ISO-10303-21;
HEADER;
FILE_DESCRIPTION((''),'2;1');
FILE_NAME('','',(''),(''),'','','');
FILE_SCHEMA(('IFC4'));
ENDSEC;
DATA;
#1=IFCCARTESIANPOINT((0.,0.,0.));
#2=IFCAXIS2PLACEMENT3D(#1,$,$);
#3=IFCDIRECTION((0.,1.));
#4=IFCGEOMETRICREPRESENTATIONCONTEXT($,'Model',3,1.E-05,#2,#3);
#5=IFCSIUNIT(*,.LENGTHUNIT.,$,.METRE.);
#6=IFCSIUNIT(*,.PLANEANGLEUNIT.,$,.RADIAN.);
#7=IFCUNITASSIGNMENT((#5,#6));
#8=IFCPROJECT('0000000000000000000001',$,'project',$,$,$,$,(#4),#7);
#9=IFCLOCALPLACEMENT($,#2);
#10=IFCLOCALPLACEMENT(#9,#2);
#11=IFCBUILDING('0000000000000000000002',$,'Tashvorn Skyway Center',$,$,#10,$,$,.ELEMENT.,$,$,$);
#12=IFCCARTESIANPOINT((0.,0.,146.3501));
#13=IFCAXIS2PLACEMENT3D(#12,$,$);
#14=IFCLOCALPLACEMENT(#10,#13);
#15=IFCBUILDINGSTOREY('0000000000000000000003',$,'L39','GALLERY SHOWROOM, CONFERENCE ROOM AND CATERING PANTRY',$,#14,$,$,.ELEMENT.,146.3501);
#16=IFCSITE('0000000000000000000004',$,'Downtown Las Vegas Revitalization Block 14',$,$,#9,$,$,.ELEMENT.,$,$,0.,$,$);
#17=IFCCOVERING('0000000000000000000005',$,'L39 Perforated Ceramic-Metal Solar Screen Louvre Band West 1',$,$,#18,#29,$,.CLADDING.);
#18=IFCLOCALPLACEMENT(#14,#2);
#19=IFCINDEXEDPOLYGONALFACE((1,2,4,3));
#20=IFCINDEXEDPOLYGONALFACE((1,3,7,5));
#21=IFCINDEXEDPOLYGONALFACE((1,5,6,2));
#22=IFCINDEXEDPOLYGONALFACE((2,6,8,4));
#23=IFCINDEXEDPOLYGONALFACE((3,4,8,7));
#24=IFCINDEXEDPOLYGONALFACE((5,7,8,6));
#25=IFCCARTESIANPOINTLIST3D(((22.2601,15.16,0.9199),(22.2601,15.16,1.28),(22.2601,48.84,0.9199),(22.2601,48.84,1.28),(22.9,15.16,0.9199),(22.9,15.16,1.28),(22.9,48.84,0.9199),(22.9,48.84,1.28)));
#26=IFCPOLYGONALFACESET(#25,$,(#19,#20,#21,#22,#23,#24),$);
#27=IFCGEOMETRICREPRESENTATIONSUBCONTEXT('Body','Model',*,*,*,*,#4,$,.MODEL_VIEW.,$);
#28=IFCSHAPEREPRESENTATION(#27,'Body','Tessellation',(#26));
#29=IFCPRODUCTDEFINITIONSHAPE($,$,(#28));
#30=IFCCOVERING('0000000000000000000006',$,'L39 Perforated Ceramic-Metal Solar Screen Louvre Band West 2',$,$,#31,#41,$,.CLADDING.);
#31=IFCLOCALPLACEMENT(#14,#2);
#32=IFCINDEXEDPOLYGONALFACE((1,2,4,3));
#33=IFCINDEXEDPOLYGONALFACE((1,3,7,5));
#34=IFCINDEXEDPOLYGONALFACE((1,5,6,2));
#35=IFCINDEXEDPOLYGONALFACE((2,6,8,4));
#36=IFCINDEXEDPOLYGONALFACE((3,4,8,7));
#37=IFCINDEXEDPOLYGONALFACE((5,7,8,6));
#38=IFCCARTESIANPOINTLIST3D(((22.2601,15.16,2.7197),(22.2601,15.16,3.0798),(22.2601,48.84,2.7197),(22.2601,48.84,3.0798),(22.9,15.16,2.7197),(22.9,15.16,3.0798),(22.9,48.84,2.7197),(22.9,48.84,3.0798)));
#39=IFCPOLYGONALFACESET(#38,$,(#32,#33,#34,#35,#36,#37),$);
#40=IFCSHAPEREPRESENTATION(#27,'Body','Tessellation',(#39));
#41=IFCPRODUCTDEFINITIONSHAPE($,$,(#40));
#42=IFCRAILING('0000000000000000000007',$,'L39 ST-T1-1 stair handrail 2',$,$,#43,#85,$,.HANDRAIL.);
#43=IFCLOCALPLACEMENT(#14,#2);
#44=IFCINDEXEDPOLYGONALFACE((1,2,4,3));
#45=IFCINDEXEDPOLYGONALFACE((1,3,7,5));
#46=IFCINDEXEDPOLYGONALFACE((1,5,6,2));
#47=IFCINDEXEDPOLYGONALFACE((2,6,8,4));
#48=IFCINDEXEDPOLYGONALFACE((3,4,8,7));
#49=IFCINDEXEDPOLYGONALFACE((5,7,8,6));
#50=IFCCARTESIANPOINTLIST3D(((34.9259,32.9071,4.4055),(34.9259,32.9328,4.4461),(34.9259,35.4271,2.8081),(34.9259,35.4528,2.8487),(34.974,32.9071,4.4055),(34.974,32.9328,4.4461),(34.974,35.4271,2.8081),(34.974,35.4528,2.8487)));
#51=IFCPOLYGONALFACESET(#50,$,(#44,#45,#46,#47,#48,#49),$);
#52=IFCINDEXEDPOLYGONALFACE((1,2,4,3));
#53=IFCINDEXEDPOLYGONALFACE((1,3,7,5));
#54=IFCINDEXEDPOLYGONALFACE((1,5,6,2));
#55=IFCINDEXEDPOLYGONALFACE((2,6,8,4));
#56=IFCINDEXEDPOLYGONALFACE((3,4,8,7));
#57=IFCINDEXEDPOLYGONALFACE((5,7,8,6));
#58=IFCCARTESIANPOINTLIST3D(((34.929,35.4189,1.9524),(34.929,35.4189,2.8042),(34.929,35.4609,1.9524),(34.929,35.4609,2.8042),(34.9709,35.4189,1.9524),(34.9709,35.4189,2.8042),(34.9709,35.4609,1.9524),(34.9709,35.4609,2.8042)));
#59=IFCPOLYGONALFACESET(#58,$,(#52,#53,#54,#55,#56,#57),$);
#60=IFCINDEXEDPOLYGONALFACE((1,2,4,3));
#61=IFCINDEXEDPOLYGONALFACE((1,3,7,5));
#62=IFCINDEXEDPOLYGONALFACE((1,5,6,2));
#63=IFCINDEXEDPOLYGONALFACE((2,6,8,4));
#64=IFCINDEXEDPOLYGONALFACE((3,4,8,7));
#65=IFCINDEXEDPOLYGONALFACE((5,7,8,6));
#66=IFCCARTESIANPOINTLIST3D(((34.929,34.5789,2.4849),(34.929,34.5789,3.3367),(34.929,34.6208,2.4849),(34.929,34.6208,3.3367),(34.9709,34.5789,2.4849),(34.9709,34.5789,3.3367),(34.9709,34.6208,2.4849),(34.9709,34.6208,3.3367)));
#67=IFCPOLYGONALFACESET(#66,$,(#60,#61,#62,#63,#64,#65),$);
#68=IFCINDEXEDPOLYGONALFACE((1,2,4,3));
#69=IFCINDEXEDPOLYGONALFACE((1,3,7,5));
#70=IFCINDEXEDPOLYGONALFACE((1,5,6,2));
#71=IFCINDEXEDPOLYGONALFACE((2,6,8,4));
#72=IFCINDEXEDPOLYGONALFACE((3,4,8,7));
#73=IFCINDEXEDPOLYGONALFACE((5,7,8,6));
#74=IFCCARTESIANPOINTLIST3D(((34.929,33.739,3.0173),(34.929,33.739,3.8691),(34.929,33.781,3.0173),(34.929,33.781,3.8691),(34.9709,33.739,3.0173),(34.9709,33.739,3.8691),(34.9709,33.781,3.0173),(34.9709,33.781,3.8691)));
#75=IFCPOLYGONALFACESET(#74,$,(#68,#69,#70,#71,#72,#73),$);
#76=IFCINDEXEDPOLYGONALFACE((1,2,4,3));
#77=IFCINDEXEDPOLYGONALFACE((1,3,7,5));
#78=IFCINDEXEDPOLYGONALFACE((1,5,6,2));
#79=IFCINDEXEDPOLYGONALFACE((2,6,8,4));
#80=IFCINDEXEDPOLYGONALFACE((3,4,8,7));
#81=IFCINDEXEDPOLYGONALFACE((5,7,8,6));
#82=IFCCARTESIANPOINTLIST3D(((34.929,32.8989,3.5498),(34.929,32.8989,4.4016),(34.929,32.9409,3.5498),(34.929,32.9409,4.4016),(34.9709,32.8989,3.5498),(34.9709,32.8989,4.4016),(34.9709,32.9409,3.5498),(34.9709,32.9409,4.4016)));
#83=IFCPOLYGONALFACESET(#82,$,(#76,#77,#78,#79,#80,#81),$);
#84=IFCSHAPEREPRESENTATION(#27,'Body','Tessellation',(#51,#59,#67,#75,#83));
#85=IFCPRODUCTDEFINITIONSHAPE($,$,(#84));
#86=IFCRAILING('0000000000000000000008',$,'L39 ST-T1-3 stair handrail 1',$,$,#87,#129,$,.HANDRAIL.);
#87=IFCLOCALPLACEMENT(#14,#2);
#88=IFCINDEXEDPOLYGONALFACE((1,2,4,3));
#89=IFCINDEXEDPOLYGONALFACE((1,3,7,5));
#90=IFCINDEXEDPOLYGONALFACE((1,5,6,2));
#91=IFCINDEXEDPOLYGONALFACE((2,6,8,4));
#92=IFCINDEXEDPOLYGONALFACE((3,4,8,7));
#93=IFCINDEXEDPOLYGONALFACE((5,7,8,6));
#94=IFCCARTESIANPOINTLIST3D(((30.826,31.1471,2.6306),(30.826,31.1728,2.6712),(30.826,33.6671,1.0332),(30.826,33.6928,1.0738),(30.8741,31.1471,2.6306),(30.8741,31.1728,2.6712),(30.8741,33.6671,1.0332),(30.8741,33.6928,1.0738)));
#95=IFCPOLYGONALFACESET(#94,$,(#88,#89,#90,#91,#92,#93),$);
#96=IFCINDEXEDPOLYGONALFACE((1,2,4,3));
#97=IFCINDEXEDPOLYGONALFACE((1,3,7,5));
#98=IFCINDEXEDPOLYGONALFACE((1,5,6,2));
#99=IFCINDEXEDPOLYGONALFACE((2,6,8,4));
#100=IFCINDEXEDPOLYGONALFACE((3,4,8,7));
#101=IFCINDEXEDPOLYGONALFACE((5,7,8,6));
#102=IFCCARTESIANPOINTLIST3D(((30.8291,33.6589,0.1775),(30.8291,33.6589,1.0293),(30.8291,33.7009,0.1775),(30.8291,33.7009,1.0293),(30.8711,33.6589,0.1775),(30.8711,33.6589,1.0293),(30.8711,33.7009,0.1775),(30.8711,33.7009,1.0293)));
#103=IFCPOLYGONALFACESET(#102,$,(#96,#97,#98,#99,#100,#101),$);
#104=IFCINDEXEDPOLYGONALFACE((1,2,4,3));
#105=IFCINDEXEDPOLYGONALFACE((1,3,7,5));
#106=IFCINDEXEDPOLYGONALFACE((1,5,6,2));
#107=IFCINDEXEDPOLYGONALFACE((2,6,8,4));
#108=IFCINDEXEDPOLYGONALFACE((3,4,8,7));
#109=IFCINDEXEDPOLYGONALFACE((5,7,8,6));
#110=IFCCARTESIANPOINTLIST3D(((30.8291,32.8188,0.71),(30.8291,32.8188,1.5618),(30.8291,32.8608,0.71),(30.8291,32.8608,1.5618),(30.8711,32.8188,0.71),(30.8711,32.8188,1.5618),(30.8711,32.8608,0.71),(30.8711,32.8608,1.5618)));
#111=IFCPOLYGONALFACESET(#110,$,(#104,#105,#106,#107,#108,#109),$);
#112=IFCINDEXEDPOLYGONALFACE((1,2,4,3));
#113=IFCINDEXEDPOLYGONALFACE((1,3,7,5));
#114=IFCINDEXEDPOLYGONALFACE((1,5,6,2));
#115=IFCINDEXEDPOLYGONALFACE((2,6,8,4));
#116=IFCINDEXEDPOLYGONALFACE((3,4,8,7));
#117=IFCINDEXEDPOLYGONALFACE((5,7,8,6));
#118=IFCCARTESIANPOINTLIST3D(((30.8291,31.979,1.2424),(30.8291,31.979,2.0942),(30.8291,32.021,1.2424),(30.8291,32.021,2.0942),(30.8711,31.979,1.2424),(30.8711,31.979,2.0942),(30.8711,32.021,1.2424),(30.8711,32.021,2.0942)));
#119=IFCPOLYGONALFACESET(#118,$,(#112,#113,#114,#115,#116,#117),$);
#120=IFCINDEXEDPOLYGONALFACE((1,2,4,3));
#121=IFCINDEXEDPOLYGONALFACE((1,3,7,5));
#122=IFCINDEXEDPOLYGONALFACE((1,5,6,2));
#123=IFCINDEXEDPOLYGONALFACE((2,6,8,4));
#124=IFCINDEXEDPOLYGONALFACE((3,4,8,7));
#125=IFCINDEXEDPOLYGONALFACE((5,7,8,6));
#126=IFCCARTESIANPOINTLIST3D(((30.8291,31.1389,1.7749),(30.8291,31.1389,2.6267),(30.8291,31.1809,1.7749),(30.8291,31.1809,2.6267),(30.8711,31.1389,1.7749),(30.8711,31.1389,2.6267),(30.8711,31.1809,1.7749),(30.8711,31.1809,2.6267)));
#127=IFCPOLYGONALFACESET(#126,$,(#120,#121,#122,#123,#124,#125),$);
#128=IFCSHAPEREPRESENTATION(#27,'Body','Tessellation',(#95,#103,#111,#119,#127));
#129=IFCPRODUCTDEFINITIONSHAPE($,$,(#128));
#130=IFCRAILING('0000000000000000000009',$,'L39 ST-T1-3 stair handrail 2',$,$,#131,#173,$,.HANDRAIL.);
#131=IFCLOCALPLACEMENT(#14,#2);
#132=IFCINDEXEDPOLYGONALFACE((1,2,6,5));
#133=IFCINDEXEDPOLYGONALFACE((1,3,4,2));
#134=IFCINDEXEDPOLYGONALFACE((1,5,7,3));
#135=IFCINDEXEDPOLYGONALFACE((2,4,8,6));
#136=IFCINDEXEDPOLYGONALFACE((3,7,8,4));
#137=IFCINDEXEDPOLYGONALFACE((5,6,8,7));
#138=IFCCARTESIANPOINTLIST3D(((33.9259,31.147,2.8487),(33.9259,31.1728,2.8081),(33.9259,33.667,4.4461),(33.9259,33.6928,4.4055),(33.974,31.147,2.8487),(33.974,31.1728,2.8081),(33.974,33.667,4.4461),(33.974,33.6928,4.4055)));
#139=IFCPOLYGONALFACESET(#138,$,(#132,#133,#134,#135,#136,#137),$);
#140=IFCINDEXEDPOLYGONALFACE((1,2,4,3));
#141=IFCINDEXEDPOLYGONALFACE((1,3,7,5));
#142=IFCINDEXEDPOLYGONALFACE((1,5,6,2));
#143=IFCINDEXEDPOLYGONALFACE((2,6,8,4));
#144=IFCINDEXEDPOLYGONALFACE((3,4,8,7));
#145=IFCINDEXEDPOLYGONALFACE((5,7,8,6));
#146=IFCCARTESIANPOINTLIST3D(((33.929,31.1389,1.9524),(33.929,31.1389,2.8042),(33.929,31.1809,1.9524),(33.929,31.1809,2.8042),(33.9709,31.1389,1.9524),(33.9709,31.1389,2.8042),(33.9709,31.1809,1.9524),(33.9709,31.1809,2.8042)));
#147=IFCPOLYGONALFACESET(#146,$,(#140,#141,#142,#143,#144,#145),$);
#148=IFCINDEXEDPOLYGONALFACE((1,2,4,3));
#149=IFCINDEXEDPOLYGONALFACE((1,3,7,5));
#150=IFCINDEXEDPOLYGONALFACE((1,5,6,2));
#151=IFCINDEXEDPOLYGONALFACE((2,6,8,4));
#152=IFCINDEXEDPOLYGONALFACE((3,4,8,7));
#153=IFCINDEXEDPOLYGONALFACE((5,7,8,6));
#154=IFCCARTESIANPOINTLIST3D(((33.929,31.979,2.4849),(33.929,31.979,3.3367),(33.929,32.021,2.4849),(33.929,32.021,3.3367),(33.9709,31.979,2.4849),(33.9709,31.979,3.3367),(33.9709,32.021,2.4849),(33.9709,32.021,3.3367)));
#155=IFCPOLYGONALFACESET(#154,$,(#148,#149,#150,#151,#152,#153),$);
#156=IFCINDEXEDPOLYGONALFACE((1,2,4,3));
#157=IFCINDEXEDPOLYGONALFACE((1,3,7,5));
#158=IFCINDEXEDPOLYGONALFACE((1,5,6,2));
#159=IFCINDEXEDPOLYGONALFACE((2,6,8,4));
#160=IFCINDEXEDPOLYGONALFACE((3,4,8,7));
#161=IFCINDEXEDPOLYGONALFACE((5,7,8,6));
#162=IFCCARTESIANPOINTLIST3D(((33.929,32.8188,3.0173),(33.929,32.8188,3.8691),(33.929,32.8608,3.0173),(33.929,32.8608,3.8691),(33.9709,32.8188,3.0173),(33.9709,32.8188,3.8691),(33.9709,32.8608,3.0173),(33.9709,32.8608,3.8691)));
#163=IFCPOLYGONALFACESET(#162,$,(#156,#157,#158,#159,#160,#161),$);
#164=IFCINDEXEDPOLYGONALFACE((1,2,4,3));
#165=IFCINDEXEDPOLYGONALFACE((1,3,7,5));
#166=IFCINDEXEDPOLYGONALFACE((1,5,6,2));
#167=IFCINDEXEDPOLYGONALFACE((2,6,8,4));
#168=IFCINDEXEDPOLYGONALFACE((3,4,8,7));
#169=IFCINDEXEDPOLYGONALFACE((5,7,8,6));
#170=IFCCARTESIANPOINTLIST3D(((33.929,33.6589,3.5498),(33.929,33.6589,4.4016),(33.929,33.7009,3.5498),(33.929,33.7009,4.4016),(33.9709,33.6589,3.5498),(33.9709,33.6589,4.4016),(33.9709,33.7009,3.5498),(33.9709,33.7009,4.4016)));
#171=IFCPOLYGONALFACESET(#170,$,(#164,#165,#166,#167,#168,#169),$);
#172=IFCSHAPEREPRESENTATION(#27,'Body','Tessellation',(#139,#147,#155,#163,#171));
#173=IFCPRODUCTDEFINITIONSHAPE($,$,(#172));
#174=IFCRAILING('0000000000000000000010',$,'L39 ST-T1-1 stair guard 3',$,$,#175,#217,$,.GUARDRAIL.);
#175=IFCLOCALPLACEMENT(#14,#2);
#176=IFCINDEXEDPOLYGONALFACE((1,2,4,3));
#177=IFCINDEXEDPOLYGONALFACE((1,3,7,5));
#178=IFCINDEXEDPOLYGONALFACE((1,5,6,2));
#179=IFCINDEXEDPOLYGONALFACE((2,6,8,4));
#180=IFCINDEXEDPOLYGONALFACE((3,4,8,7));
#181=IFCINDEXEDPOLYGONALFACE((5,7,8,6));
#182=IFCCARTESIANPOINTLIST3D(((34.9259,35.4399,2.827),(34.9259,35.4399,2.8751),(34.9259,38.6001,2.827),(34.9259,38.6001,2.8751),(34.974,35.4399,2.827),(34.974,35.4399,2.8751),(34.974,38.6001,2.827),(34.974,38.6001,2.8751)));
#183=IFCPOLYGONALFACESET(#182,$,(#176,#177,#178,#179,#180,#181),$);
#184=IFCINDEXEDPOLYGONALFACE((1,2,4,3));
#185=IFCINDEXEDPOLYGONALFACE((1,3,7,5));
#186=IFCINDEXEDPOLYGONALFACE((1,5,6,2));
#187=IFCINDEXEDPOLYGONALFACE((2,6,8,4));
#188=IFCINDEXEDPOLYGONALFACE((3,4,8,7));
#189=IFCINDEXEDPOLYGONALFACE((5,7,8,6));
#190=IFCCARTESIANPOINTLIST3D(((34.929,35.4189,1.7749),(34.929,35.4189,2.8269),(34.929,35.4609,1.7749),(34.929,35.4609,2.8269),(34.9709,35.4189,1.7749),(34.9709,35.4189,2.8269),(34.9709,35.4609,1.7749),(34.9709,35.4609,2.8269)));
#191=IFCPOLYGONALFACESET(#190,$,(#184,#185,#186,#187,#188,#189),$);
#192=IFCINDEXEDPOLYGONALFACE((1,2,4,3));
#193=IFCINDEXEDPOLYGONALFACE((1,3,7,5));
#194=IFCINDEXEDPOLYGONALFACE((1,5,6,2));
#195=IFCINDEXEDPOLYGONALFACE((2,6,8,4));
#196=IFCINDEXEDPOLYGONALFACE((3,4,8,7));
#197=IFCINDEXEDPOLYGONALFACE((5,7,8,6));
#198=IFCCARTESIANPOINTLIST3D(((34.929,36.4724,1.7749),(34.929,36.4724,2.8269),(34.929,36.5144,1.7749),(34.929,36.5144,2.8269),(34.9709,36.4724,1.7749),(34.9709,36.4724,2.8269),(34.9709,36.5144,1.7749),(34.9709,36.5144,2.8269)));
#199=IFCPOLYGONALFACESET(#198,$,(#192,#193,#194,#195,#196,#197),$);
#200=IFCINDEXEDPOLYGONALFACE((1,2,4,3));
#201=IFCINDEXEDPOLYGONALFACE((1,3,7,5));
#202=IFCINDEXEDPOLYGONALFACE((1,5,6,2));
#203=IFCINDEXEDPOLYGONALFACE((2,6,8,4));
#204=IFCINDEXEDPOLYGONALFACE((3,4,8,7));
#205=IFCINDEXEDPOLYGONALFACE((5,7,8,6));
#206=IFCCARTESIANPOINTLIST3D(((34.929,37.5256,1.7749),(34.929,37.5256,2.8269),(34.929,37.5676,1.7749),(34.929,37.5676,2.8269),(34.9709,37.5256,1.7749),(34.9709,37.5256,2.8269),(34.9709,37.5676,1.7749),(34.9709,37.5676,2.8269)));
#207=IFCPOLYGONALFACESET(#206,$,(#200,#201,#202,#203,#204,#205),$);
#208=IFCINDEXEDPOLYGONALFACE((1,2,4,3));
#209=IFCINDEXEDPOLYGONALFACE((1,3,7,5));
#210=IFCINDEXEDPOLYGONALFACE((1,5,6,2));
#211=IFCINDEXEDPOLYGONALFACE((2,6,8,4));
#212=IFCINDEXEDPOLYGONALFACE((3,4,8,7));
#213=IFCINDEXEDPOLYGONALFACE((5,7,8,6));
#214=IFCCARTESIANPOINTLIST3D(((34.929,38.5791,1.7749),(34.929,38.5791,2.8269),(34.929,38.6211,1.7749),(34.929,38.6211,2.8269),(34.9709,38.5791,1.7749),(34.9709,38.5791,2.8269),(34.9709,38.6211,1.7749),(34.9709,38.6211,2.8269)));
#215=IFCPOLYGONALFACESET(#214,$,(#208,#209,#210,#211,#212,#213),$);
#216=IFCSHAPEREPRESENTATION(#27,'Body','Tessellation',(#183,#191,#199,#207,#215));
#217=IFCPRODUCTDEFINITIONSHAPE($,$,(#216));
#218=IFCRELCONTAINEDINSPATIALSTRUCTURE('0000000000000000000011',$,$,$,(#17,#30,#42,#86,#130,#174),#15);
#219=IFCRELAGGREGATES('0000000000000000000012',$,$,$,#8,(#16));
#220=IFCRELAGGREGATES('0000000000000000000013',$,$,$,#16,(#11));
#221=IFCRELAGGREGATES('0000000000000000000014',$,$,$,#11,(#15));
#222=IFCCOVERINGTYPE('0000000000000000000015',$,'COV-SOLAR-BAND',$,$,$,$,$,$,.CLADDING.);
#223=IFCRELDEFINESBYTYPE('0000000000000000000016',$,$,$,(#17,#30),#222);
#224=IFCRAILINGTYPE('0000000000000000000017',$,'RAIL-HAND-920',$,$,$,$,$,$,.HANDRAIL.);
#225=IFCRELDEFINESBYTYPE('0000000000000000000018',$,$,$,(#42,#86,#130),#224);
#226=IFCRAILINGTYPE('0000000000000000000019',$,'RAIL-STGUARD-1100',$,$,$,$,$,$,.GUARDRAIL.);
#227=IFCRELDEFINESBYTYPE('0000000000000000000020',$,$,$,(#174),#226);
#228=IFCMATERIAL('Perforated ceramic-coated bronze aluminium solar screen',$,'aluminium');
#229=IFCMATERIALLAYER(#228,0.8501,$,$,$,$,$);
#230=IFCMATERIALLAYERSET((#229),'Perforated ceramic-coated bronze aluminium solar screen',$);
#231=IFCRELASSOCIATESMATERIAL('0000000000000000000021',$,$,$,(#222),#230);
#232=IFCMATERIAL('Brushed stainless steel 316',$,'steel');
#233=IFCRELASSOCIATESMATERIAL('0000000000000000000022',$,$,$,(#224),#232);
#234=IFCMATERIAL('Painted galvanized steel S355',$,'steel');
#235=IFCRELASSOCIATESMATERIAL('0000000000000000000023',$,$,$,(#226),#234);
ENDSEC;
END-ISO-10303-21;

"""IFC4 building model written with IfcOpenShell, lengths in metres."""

from ifc_helpers import new_model, si_unit, direction, frame, origin, origin_2d, place, context, subcontext, project, spatial, rectangle, extrude, material, layer, layer_set, type_object, element, save


model = new_model("IFC4")

# Units and contexts
model_context = context("Model", 3, precision=1e-05, world=origin(), true_north=direction((0.0, 1.0)))
body_context = subcontext(model_context, "Body", "Model", "MODEL_VIEW")
ifc_project = project(units=[si_unit("LENGTHUNIT", "METRE"), si_unit("PLANEANGLEUNIT", "RADIAN")], contexts=[model_context])

# Site, building, storey
site_placement = place(None, origin())
site = spatial("IfcSite", under=ifc_project, at=site_placement, Name="Downtown Las Vegas Revitalization Block 14", CompositionType="ELEMENT", RefElevation=0.0)
building_placement = place(site_placement, origin())
building = spatial("IfcBuilding", under=site, at=building_placement, Name="Tashvorn Skyway Center", CompositionType="ELEMENT")
storey_placement = place(building_placement, frame((0.0, 0.0, 146.3501)))
storey = spatial("IfcBuildingStorey", under=building, at=storey_placement, Name="L39", Description="GALLERY SHOWROOM, CONFERENCE ROOM AND CATERING PANTRY", CompositionType="ELEMENT", Elevation=146.3501)

# Coverings
ifc_material_1 = material(Name="Perforated ceramic-coated bronze aluminium solar screen", Category="aluminium")
ifc_layer_1 = layer(ifc_material_1, 0.8501)
ifc_layer_set_1 = layer_set([ifc_layer_1], Name="Perforated ceramic-coated bronze aluminium solar screen")
covering_type = type_object("IfcCoveringType", Name="COV-SOLAR-BAND", PredefinedType="CLADDING", material=ifc_layer_set_1)
for number, where, z_axis, x_axis, name in (
    (1, (22.5801, 32.0, 0.9199), (0.0, 0.0, 1.0), (0.0, 1.0, 0.0), "L39 Perforated Ceramic-Metal Solar Screen Louvre Band West 1"),
    (2, (22.5801, 32.0, 2.7197), (0.0, 0.0, 1.0), (0.0, 1.0, 0.0), "L39 Perforated Ceramic-Metal Solar Screen Louvre Band West 2"),
):
    element("IfcCovering", number, at=place(storey_placement, frame(where, z_axis=z_axis, x_axis=x_axis)), inside=storey, type_object=covering_type, Name=name, PredefinedType="CLADDING", context=body_context, shape_type="SweptSolid", body=[
        extrude(rectangle(XDim=33.6799, YDim=0.6399, at=origin_2d()), origin(), (0.0, 0.0, 1.0), 0.3601),
    ])

# Railings
ifc_material_2 = material(Name="Brushed stainless steel 316", Category="steel")
railing_type_1 = type_object("IfcRailingType", Name="RAIL-HAND-920", PredefinedType="HANDRAIL", material=ifc_material_2)
for number, where, name in (
    (3, (34.95, 35.4399, 1.9524), "L39 ST-T1-1 stair handrail 2"),
    (4, (30.8501, 33.6799, 0.1775), "L39 ST-T1-3 stair handrail 1"),
):
    element("IfcRailing", number, at=place(storey_placement, frame(where)), inside=storey, type_object=railing_type_1, Name=name, PredefinedType="HANDRAIL", context=body_context, shape_type="SweptSolid", body=[
        extrude(rectangle(XDim=0.0481, YDim=0.0481, at=origin_2d()), frame((0.0, 0.0, 0.876), z_axis=(0.0, -0.844607, 0.535387), x_axis=(1.0, 0.0, 0.0)), (0.0, 0.0, 1.0), 2.9836),
        extrude(rectangle(XDim=0.042, YDim=0.042, at=origin_2d()), origin(), (0.0, 0.0, 1.0), 0.8518),
        extrude(rectangle(XDim=0.042, YDim=0.042, at=origin_2d()), frame((0.0, -0.8401, 0.5325)), (0.0, 0.0, 1.0), 0.8518),
        extrude(rectangle(XDim=0.042, YDim=0.042, at=origin_2d()), frame((0.0, -1.6799, 1.0649)), (0.0, 0.0, 1.0), 0.8518),
        extrude(rectangle(XDim=0.042, YDim=0.042, at=origin_2d()), frame((0.0, -2.52, 1.5974)), (0.0, 0.0, 1.0), 0.8518),
    ])
railing_1_placement = place(storey_placement, frame((33.95, 31.1599, 1.9524)))
element("IfcRailing", 5, at=railing_1_placement, inside=storey, type_object=railing_type_1, Name="L39 ST-T1-3 stair handrail 2", PredefinedType="HANDRAIL", context=body_context, shape_type="SweptSolid", body=[
    extrude(rectangle(XDim=0.0481, YDim=0.0481, at=origin_2d()), frame((0.0, 0.0, 0.876), z_axis=(0.0, 0.844607, 0.535387), x_axis=(-1.0, 0.0, 0.0)), (0.0, 0.0, 1.0), 2.9836),
    extrude(rectangle(XDim=0.042, YDim=0.042, at=origin_2d()), origin(), (0.0, 0.0, 1.0), 0.8518),
    extrude(rectangle(XDim=0.042, YDim=0.042, at=origin_2d()), frame((0.0, 0.8401, 0.5325)), (0.0, 0.0, 1.0), 0.8518),
    extrude(rectangle(XDim=0.042, YDim=0.042, at=origin_2d()), frame((0.0, 1.6799, 1.0649)), (0.0, 0.0, 1.0), 0.8518),
    extrude(rectangle(XDim=0.042, YDim=0.042, at=origin_2d()), frame((0.0, 2.52, 1.5974)), (0.0, 0.0, 1.0), 0.8518),
])
ifc_material_3 = material(Name="Painted galvanized steel S355", Category="steel")
railing_type_2 = type_object("IfcRailingType", Name="RAIL-STGUARD-1100", PredefinedType="GUARDRAIL", material=ifc_material_3)
railing_2_placement = place(storey_placement, frame((34.95, 35.4399, 1.7749)))
element("IfcRailing", 6, at=railing_2_placement, inside=storey, type_object=railing_type_2, Name="L39 ST-T1-1 stair guard 3", PredefinedType="GUARDRAIL", context=body_context, shape_type="SweptSolid", body=[
    extrude(rectangle(XDim=0.0481, YDim=0.0481, at=origin_2d()), frame((0.0, 0.0, 1.0762), z_axis=(0.0, 1.0, 0.0), x_axis=(-1.0, 0.0, 0.0)), (0.0, 0.0, 1.0), 3.1602),
    extrude(rectangle(XDim=0.042, YDim=0.042, at=origin_2d()), origin(), (0.0, 0.0, 1.0), 1.052),
    extrude(rectangle(XDim=0.042, YDim=0.042, at=origin_2d()), frame((0.0, 1.0535, 0.0)), (0.0, 0.0, 1.0), 1.052),
    extrude(rectangle(XDim=0.042, YDim=0.042, at=origin_2d()), frame((0.0, 2.1067, 0.0)), (0.0, 0.0, 1.0), 1.052),
    extrude(rectangle(XDim=0.042, YDim=0.042, at=origin_2d()), frame((0.0, 3.1602, 0.0)), (0.0, 0.0, 1.0), 1.052),
])

save(model, "model.ifc")
